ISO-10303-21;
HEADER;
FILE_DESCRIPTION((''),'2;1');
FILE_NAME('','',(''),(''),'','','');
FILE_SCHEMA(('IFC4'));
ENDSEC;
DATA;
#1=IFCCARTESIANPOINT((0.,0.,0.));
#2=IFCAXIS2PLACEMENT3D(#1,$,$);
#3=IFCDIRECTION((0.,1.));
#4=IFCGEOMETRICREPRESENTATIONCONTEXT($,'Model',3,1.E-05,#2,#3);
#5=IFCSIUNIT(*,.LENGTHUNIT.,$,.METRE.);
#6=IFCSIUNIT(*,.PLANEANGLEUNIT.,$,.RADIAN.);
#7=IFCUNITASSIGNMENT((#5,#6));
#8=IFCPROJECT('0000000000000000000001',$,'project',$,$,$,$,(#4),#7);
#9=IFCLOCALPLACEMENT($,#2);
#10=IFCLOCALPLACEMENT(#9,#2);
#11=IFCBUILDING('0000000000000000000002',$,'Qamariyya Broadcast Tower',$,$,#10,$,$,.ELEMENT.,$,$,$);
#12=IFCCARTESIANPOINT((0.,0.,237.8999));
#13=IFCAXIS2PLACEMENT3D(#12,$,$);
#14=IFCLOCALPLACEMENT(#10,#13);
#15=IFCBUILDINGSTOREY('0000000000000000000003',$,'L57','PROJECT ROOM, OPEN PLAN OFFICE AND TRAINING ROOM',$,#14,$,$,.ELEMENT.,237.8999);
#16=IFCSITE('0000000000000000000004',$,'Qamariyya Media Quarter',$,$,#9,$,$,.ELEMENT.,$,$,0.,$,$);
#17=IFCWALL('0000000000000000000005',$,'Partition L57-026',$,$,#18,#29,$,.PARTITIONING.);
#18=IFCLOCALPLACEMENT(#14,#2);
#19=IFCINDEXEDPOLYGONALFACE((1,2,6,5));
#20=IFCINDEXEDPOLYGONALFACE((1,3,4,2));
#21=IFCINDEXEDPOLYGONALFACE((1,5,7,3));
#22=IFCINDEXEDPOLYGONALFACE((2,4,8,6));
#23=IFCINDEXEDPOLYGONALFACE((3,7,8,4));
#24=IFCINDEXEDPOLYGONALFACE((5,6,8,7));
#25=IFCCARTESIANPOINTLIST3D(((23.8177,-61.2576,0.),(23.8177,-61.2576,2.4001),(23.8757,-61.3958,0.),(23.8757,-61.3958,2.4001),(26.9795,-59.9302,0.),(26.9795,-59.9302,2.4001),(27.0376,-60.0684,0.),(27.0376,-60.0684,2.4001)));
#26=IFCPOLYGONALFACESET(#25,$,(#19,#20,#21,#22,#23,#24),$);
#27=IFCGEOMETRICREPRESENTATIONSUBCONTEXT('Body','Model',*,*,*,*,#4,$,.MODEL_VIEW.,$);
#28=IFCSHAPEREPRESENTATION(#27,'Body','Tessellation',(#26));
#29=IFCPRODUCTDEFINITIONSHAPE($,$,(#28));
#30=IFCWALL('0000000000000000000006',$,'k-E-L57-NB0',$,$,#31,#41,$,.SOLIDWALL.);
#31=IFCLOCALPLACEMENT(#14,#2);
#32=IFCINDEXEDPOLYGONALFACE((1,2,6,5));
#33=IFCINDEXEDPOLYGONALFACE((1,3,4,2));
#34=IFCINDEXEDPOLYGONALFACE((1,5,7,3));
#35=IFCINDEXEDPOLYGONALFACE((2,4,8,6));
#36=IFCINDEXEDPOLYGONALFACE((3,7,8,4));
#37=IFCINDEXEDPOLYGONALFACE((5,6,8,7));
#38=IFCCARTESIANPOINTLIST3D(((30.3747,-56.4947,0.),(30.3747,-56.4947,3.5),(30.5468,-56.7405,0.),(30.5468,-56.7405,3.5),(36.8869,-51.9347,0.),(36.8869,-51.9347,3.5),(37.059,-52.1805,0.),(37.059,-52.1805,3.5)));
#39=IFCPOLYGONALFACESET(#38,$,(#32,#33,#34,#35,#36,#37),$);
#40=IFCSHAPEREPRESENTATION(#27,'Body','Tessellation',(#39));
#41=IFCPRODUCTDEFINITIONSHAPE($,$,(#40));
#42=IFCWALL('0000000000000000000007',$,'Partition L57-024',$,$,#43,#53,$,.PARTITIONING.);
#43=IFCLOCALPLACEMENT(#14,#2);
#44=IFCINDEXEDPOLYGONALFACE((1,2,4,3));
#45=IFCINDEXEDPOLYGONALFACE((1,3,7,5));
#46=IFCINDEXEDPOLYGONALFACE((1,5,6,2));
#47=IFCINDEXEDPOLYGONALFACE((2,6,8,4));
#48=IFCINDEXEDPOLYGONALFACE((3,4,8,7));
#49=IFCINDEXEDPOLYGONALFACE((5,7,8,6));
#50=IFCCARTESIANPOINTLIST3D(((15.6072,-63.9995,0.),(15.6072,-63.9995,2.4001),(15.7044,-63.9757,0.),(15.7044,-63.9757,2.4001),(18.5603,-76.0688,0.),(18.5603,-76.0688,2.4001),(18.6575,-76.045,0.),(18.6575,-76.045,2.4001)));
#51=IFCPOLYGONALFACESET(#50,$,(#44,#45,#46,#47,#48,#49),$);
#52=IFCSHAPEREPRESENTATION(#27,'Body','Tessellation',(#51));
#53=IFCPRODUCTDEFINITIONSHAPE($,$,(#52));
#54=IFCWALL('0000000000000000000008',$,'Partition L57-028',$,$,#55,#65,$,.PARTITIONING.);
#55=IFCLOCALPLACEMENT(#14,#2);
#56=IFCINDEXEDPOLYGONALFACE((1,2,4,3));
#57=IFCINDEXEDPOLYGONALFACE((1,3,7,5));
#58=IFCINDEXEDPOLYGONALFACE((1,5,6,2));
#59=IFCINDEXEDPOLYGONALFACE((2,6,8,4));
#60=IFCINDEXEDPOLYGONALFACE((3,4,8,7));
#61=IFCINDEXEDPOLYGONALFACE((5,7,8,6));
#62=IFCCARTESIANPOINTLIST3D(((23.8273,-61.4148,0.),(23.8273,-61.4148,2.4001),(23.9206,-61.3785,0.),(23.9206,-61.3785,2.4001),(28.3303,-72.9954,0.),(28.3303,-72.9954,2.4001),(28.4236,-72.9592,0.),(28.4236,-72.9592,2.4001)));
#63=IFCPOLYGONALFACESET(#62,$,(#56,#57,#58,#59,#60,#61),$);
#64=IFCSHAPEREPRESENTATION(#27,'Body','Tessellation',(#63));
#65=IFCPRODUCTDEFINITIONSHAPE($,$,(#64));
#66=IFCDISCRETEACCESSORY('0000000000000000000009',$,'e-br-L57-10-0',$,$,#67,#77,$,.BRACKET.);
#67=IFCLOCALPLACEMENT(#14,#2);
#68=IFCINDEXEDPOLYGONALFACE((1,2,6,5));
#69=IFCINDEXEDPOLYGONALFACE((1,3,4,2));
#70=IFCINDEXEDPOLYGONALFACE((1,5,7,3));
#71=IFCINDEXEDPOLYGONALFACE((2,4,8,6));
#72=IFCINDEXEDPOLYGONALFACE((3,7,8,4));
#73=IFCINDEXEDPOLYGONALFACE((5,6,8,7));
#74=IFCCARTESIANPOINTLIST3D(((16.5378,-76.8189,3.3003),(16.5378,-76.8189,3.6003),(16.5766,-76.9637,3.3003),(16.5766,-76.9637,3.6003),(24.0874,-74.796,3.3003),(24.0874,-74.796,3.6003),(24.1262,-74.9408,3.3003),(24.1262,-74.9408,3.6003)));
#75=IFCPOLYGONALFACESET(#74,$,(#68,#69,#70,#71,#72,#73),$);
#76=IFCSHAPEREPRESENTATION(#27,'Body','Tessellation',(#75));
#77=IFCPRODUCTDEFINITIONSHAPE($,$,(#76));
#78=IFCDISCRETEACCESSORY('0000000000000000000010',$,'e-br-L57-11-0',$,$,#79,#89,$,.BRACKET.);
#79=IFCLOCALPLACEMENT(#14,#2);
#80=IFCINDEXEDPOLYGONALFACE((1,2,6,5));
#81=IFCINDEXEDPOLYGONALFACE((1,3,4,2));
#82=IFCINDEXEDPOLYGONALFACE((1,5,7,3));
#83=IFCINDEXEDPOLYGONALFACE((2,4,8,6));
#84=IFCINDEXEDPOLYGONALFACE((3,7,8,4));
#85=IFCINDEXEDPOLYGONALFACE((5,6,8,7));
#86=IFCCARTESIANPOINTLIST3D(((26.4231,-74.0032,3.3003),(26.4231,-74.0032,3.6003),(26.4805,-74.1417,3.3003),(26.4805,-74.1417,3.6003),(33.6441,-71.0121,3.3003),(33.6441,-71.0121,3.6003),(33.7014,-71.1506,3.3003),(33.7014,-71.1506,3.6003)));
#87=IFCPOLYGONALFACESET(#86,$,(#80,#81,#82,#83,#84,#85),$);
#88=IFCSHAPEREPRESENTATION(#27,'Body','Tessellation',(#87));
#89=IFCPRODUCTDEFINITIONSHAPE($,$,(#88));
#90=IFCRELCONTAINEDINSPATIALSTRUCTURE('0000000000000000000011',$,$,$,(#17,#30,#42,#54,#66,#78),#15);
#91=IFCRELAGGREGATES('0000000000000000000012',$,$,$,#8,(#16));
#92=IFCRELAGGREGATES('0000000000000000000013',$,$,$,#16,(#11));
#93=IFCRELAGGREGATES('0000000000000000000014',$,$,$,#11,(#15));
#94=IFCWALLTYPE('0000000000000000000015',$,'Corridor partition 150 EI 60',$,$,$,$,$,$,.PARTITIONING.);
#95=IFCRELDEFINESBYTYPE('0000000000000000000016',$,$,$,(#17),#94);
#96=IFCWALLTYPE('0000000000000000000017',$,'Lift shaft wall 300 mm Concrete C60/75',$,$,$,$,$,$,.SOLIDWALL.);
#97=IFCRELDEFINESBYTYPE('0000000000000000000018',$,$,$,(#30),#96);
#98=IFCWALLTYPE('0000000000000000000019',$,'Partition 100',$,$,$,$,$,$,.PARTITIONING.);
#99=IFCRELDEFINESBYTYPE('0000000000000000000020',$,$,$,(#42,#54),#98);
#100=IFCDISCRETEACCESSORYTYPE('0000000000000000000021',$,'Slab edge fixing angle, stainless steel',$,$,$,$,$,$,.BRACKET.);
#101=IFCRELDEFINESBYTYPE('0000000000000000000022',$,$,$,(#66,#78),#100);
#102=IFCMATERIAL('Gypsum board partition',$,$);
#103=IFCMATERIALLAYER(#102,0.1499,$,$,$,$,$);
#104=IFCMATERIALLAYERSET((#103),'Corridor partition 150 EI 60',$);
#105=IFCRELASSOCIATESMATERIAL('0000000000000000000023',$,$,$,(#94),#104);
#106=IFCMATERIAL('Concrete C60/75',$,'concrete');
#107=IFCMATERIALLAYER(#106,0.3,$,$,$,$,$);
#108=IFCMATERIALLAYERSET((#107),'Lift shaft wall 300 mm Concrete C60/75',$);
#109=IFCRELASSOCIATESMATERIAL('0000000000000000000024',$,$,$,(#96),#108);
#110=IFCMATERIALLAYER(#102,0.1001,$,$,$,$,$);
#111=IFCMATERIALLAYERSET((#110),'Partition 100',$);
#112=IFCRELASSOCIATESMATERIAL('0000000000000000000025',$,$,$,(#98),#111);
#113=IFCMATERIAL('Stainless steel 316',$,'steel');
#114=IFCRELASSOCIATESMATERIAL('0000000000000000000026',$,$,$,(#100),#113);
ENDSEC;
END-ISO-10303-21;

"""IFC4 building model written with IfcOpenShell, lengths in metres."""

from ifc_helpers import new_model, si_unit, direction, frame, frame_2d, origin, origin_2d, place, context, subcontext, project, spatial, rectangle, extrude, material, layer, layer_set, type_object, element, save


model = new_model("IFC4")

# Units and contexts
model_context = context("Model", 3, precision=1e-05, world=origin(), true_north=direction((0.0, 1.0)))
body_context = subcontext(model_context, "Body", "Model", "MODEL_VIEW")
ifc_project = project(units=[si_unit("LENGTHUNIT", "METRE"), si_unit("PLANEANGLEUNIT", "RADIAN")], contexts=[model_context])

# Site, building, storey
site_placement = place(None, origin())
site = spatial("IfcSite", under=ifc_project, at=site_placement, Name="Qamariyya Media Quarter", CompositionType="ELEMENT", RefElevation=0.0)
building_placement = place(site_placement, origin())
building = spatial("IfcBuilding", under=site, at=building_placement, Name="Qamariyya Broadcast Tower", CompositionType="ELEMENT")
storey_placement = place(building_placement, frame((0.0, 0.0, 237.8999)))
storey = spatial("IfcBuildingStorey", under=building, at=storey_placement, Name="L57", Description="PROJECT ROOM, OPEN PLAN OFFICE AND TRAINING ROOM", CompositionType="ELEMENT", Elevation=237.8999)

# Shared definitions
ifc_material_1 = material(Name="Concrete C60/75", Category="concrete")

# Shared definitions
ifc_material_2 = material(Name="Gypsum board partition")
ifc_layer_1 = layer(ifc_material_2, 0.1499)
ifc_layer_set_1 = layer_set([ifc_layer_1], Name="Corridor partition 150 EI 60")
wall_type_1 = type_object("IfcWallType", Name="Corridor partition 150 EI 60", PredefinedType="PARTITIONING", material=ifc_layer_set_1)

# Walls
wall_1_placement = place(storey_placement, frame((23.8467, -61.3267, 0.0), z_axis=(0.0, 0.0, 1.0), x_axis=(0.922044, 0.387086, 0.0)))
element("IfcWall", 1, at=wall_1_placement, inside=storey, type_object=wall_type_1, Name="Partition L57-026", PredefinedType="PARTITIONING", context=body_context, shape_type="SweptSolid", body=[
    extrude(rectangle(XDim=3.4292, YDim=0.1499, at=frame_2d((1.7146, 0.0))), origin(), (0.0, 0.0, 1.0), 2.4001),
])
ifc_layer_2 = layer(ifc_material_1, 0.3)
ifc_layer_set_2 = layer_set([ifc_layer_2], Name="Lift shaft wall 300 mm Concrete C60/75")
wall_type_2 = type_object("IfcWallType", Name="Lift shaft wall 300 mm Concrete C60/75", PredefinedType="SOLIDWALL", material=ifc_layer_set_2)
wall_2_placement = place(storey_placement, frame((30.4607, -56.6177, 0.0), z_axis=(0.0, 0.0, 1.0), x_axis=(0.819142, 0.57359, 0.0)))
element("IfcWall", 2, at=wall_2_placement, inside=storey, type_object=wall_type_2, Name="k-E-L57-NB0", PredefinedType="SOLIDWALL", context=body_context, shape_type="SweptSolid", body=[
    extrude(rectangle(XDim=7.95, YDim=0.3, at=frame_2d((3.9751, 0.0))), origin(), (0.0, 0.0, 1.0), 3.5),
])
ifc_layer_3 = layer(ifc_material_2, 0.1001)
ifc_layer_set_3 = layer_set([ifc_layer_3], Name="Partition 100")
wall_type_3 = type_object("IfcWallType", Name="Partition 100", PredefinedType="PARTITIONING", material=ifc_layer_set_3)
for number, where, z_axis, x_axis, name in (
    (3, (18.6089, -76.0569, 0.0), (0.0, 0.0, 1.0), (-0.237669, 0.971346, 0.0), "Partition L57-024"),
    (4, (28.377, -72.9773, 0.0), (0.0, 0.0, 1.0), (-0.362403, 0.932022, 0.0), "Partition L57-028"),
):
    element("IfcWall", number, at=place(storey_placement, frame(where, z_axis=z_axis, x_axis=x_axis)), inside=storey, type_object=wall_type_3, Name=name, PredefinedType="PARTITIONING", context=body_context, shape_type="SweptSolid", body=[
        extrude(rectangle(XDim=12.4253, YDim=0.1001, at=frame_2d((6.2126, 0.0))), origin(), (0.0, 0.0, 1.0), 2.4001),
    ])

# Discrete accessories
ifc_material_3 = material(Name="Stainless steel 316", Category="steel")
discrete_accessory_type = type_object("IfcDiscreteAccessoryType", Name="Slab edge fixing angle, stainless steel", PredefinedType="BRACKET", material=ifc_material_3)
for number, where, z_axis, x_axis, name in (
    (5, (20.332, -75.8799, 3.3003), (0.0, 0.0, 1.0), (0.965926, 0.258819, 0.0), "e-br-L57-10-0"),
    (6, (30.0623, -72.5769, 3.3003), (0.0, 0.0, 1.0), (0.92388, 0.382683, 0.0), "e-br-L57-11-0"),
):
    element("IfcDiscreteAccessory", number, at=place(storey_placement, frame(where, z_axis=z_axis, x_axis=x_axis)), inside=storey, type_object=discrete_accessory_type, Name=name, PredefinedType="BRACKET", context=body_context, shape_type="SweptSolid", body=[
        extrude(rectangle(XDim=7.8159, YDim=0.1499, at=origin_2d()), origin(), (0.0, 0.0, 1.0), 0.3),
    ])

save(model, "model.ifc")
